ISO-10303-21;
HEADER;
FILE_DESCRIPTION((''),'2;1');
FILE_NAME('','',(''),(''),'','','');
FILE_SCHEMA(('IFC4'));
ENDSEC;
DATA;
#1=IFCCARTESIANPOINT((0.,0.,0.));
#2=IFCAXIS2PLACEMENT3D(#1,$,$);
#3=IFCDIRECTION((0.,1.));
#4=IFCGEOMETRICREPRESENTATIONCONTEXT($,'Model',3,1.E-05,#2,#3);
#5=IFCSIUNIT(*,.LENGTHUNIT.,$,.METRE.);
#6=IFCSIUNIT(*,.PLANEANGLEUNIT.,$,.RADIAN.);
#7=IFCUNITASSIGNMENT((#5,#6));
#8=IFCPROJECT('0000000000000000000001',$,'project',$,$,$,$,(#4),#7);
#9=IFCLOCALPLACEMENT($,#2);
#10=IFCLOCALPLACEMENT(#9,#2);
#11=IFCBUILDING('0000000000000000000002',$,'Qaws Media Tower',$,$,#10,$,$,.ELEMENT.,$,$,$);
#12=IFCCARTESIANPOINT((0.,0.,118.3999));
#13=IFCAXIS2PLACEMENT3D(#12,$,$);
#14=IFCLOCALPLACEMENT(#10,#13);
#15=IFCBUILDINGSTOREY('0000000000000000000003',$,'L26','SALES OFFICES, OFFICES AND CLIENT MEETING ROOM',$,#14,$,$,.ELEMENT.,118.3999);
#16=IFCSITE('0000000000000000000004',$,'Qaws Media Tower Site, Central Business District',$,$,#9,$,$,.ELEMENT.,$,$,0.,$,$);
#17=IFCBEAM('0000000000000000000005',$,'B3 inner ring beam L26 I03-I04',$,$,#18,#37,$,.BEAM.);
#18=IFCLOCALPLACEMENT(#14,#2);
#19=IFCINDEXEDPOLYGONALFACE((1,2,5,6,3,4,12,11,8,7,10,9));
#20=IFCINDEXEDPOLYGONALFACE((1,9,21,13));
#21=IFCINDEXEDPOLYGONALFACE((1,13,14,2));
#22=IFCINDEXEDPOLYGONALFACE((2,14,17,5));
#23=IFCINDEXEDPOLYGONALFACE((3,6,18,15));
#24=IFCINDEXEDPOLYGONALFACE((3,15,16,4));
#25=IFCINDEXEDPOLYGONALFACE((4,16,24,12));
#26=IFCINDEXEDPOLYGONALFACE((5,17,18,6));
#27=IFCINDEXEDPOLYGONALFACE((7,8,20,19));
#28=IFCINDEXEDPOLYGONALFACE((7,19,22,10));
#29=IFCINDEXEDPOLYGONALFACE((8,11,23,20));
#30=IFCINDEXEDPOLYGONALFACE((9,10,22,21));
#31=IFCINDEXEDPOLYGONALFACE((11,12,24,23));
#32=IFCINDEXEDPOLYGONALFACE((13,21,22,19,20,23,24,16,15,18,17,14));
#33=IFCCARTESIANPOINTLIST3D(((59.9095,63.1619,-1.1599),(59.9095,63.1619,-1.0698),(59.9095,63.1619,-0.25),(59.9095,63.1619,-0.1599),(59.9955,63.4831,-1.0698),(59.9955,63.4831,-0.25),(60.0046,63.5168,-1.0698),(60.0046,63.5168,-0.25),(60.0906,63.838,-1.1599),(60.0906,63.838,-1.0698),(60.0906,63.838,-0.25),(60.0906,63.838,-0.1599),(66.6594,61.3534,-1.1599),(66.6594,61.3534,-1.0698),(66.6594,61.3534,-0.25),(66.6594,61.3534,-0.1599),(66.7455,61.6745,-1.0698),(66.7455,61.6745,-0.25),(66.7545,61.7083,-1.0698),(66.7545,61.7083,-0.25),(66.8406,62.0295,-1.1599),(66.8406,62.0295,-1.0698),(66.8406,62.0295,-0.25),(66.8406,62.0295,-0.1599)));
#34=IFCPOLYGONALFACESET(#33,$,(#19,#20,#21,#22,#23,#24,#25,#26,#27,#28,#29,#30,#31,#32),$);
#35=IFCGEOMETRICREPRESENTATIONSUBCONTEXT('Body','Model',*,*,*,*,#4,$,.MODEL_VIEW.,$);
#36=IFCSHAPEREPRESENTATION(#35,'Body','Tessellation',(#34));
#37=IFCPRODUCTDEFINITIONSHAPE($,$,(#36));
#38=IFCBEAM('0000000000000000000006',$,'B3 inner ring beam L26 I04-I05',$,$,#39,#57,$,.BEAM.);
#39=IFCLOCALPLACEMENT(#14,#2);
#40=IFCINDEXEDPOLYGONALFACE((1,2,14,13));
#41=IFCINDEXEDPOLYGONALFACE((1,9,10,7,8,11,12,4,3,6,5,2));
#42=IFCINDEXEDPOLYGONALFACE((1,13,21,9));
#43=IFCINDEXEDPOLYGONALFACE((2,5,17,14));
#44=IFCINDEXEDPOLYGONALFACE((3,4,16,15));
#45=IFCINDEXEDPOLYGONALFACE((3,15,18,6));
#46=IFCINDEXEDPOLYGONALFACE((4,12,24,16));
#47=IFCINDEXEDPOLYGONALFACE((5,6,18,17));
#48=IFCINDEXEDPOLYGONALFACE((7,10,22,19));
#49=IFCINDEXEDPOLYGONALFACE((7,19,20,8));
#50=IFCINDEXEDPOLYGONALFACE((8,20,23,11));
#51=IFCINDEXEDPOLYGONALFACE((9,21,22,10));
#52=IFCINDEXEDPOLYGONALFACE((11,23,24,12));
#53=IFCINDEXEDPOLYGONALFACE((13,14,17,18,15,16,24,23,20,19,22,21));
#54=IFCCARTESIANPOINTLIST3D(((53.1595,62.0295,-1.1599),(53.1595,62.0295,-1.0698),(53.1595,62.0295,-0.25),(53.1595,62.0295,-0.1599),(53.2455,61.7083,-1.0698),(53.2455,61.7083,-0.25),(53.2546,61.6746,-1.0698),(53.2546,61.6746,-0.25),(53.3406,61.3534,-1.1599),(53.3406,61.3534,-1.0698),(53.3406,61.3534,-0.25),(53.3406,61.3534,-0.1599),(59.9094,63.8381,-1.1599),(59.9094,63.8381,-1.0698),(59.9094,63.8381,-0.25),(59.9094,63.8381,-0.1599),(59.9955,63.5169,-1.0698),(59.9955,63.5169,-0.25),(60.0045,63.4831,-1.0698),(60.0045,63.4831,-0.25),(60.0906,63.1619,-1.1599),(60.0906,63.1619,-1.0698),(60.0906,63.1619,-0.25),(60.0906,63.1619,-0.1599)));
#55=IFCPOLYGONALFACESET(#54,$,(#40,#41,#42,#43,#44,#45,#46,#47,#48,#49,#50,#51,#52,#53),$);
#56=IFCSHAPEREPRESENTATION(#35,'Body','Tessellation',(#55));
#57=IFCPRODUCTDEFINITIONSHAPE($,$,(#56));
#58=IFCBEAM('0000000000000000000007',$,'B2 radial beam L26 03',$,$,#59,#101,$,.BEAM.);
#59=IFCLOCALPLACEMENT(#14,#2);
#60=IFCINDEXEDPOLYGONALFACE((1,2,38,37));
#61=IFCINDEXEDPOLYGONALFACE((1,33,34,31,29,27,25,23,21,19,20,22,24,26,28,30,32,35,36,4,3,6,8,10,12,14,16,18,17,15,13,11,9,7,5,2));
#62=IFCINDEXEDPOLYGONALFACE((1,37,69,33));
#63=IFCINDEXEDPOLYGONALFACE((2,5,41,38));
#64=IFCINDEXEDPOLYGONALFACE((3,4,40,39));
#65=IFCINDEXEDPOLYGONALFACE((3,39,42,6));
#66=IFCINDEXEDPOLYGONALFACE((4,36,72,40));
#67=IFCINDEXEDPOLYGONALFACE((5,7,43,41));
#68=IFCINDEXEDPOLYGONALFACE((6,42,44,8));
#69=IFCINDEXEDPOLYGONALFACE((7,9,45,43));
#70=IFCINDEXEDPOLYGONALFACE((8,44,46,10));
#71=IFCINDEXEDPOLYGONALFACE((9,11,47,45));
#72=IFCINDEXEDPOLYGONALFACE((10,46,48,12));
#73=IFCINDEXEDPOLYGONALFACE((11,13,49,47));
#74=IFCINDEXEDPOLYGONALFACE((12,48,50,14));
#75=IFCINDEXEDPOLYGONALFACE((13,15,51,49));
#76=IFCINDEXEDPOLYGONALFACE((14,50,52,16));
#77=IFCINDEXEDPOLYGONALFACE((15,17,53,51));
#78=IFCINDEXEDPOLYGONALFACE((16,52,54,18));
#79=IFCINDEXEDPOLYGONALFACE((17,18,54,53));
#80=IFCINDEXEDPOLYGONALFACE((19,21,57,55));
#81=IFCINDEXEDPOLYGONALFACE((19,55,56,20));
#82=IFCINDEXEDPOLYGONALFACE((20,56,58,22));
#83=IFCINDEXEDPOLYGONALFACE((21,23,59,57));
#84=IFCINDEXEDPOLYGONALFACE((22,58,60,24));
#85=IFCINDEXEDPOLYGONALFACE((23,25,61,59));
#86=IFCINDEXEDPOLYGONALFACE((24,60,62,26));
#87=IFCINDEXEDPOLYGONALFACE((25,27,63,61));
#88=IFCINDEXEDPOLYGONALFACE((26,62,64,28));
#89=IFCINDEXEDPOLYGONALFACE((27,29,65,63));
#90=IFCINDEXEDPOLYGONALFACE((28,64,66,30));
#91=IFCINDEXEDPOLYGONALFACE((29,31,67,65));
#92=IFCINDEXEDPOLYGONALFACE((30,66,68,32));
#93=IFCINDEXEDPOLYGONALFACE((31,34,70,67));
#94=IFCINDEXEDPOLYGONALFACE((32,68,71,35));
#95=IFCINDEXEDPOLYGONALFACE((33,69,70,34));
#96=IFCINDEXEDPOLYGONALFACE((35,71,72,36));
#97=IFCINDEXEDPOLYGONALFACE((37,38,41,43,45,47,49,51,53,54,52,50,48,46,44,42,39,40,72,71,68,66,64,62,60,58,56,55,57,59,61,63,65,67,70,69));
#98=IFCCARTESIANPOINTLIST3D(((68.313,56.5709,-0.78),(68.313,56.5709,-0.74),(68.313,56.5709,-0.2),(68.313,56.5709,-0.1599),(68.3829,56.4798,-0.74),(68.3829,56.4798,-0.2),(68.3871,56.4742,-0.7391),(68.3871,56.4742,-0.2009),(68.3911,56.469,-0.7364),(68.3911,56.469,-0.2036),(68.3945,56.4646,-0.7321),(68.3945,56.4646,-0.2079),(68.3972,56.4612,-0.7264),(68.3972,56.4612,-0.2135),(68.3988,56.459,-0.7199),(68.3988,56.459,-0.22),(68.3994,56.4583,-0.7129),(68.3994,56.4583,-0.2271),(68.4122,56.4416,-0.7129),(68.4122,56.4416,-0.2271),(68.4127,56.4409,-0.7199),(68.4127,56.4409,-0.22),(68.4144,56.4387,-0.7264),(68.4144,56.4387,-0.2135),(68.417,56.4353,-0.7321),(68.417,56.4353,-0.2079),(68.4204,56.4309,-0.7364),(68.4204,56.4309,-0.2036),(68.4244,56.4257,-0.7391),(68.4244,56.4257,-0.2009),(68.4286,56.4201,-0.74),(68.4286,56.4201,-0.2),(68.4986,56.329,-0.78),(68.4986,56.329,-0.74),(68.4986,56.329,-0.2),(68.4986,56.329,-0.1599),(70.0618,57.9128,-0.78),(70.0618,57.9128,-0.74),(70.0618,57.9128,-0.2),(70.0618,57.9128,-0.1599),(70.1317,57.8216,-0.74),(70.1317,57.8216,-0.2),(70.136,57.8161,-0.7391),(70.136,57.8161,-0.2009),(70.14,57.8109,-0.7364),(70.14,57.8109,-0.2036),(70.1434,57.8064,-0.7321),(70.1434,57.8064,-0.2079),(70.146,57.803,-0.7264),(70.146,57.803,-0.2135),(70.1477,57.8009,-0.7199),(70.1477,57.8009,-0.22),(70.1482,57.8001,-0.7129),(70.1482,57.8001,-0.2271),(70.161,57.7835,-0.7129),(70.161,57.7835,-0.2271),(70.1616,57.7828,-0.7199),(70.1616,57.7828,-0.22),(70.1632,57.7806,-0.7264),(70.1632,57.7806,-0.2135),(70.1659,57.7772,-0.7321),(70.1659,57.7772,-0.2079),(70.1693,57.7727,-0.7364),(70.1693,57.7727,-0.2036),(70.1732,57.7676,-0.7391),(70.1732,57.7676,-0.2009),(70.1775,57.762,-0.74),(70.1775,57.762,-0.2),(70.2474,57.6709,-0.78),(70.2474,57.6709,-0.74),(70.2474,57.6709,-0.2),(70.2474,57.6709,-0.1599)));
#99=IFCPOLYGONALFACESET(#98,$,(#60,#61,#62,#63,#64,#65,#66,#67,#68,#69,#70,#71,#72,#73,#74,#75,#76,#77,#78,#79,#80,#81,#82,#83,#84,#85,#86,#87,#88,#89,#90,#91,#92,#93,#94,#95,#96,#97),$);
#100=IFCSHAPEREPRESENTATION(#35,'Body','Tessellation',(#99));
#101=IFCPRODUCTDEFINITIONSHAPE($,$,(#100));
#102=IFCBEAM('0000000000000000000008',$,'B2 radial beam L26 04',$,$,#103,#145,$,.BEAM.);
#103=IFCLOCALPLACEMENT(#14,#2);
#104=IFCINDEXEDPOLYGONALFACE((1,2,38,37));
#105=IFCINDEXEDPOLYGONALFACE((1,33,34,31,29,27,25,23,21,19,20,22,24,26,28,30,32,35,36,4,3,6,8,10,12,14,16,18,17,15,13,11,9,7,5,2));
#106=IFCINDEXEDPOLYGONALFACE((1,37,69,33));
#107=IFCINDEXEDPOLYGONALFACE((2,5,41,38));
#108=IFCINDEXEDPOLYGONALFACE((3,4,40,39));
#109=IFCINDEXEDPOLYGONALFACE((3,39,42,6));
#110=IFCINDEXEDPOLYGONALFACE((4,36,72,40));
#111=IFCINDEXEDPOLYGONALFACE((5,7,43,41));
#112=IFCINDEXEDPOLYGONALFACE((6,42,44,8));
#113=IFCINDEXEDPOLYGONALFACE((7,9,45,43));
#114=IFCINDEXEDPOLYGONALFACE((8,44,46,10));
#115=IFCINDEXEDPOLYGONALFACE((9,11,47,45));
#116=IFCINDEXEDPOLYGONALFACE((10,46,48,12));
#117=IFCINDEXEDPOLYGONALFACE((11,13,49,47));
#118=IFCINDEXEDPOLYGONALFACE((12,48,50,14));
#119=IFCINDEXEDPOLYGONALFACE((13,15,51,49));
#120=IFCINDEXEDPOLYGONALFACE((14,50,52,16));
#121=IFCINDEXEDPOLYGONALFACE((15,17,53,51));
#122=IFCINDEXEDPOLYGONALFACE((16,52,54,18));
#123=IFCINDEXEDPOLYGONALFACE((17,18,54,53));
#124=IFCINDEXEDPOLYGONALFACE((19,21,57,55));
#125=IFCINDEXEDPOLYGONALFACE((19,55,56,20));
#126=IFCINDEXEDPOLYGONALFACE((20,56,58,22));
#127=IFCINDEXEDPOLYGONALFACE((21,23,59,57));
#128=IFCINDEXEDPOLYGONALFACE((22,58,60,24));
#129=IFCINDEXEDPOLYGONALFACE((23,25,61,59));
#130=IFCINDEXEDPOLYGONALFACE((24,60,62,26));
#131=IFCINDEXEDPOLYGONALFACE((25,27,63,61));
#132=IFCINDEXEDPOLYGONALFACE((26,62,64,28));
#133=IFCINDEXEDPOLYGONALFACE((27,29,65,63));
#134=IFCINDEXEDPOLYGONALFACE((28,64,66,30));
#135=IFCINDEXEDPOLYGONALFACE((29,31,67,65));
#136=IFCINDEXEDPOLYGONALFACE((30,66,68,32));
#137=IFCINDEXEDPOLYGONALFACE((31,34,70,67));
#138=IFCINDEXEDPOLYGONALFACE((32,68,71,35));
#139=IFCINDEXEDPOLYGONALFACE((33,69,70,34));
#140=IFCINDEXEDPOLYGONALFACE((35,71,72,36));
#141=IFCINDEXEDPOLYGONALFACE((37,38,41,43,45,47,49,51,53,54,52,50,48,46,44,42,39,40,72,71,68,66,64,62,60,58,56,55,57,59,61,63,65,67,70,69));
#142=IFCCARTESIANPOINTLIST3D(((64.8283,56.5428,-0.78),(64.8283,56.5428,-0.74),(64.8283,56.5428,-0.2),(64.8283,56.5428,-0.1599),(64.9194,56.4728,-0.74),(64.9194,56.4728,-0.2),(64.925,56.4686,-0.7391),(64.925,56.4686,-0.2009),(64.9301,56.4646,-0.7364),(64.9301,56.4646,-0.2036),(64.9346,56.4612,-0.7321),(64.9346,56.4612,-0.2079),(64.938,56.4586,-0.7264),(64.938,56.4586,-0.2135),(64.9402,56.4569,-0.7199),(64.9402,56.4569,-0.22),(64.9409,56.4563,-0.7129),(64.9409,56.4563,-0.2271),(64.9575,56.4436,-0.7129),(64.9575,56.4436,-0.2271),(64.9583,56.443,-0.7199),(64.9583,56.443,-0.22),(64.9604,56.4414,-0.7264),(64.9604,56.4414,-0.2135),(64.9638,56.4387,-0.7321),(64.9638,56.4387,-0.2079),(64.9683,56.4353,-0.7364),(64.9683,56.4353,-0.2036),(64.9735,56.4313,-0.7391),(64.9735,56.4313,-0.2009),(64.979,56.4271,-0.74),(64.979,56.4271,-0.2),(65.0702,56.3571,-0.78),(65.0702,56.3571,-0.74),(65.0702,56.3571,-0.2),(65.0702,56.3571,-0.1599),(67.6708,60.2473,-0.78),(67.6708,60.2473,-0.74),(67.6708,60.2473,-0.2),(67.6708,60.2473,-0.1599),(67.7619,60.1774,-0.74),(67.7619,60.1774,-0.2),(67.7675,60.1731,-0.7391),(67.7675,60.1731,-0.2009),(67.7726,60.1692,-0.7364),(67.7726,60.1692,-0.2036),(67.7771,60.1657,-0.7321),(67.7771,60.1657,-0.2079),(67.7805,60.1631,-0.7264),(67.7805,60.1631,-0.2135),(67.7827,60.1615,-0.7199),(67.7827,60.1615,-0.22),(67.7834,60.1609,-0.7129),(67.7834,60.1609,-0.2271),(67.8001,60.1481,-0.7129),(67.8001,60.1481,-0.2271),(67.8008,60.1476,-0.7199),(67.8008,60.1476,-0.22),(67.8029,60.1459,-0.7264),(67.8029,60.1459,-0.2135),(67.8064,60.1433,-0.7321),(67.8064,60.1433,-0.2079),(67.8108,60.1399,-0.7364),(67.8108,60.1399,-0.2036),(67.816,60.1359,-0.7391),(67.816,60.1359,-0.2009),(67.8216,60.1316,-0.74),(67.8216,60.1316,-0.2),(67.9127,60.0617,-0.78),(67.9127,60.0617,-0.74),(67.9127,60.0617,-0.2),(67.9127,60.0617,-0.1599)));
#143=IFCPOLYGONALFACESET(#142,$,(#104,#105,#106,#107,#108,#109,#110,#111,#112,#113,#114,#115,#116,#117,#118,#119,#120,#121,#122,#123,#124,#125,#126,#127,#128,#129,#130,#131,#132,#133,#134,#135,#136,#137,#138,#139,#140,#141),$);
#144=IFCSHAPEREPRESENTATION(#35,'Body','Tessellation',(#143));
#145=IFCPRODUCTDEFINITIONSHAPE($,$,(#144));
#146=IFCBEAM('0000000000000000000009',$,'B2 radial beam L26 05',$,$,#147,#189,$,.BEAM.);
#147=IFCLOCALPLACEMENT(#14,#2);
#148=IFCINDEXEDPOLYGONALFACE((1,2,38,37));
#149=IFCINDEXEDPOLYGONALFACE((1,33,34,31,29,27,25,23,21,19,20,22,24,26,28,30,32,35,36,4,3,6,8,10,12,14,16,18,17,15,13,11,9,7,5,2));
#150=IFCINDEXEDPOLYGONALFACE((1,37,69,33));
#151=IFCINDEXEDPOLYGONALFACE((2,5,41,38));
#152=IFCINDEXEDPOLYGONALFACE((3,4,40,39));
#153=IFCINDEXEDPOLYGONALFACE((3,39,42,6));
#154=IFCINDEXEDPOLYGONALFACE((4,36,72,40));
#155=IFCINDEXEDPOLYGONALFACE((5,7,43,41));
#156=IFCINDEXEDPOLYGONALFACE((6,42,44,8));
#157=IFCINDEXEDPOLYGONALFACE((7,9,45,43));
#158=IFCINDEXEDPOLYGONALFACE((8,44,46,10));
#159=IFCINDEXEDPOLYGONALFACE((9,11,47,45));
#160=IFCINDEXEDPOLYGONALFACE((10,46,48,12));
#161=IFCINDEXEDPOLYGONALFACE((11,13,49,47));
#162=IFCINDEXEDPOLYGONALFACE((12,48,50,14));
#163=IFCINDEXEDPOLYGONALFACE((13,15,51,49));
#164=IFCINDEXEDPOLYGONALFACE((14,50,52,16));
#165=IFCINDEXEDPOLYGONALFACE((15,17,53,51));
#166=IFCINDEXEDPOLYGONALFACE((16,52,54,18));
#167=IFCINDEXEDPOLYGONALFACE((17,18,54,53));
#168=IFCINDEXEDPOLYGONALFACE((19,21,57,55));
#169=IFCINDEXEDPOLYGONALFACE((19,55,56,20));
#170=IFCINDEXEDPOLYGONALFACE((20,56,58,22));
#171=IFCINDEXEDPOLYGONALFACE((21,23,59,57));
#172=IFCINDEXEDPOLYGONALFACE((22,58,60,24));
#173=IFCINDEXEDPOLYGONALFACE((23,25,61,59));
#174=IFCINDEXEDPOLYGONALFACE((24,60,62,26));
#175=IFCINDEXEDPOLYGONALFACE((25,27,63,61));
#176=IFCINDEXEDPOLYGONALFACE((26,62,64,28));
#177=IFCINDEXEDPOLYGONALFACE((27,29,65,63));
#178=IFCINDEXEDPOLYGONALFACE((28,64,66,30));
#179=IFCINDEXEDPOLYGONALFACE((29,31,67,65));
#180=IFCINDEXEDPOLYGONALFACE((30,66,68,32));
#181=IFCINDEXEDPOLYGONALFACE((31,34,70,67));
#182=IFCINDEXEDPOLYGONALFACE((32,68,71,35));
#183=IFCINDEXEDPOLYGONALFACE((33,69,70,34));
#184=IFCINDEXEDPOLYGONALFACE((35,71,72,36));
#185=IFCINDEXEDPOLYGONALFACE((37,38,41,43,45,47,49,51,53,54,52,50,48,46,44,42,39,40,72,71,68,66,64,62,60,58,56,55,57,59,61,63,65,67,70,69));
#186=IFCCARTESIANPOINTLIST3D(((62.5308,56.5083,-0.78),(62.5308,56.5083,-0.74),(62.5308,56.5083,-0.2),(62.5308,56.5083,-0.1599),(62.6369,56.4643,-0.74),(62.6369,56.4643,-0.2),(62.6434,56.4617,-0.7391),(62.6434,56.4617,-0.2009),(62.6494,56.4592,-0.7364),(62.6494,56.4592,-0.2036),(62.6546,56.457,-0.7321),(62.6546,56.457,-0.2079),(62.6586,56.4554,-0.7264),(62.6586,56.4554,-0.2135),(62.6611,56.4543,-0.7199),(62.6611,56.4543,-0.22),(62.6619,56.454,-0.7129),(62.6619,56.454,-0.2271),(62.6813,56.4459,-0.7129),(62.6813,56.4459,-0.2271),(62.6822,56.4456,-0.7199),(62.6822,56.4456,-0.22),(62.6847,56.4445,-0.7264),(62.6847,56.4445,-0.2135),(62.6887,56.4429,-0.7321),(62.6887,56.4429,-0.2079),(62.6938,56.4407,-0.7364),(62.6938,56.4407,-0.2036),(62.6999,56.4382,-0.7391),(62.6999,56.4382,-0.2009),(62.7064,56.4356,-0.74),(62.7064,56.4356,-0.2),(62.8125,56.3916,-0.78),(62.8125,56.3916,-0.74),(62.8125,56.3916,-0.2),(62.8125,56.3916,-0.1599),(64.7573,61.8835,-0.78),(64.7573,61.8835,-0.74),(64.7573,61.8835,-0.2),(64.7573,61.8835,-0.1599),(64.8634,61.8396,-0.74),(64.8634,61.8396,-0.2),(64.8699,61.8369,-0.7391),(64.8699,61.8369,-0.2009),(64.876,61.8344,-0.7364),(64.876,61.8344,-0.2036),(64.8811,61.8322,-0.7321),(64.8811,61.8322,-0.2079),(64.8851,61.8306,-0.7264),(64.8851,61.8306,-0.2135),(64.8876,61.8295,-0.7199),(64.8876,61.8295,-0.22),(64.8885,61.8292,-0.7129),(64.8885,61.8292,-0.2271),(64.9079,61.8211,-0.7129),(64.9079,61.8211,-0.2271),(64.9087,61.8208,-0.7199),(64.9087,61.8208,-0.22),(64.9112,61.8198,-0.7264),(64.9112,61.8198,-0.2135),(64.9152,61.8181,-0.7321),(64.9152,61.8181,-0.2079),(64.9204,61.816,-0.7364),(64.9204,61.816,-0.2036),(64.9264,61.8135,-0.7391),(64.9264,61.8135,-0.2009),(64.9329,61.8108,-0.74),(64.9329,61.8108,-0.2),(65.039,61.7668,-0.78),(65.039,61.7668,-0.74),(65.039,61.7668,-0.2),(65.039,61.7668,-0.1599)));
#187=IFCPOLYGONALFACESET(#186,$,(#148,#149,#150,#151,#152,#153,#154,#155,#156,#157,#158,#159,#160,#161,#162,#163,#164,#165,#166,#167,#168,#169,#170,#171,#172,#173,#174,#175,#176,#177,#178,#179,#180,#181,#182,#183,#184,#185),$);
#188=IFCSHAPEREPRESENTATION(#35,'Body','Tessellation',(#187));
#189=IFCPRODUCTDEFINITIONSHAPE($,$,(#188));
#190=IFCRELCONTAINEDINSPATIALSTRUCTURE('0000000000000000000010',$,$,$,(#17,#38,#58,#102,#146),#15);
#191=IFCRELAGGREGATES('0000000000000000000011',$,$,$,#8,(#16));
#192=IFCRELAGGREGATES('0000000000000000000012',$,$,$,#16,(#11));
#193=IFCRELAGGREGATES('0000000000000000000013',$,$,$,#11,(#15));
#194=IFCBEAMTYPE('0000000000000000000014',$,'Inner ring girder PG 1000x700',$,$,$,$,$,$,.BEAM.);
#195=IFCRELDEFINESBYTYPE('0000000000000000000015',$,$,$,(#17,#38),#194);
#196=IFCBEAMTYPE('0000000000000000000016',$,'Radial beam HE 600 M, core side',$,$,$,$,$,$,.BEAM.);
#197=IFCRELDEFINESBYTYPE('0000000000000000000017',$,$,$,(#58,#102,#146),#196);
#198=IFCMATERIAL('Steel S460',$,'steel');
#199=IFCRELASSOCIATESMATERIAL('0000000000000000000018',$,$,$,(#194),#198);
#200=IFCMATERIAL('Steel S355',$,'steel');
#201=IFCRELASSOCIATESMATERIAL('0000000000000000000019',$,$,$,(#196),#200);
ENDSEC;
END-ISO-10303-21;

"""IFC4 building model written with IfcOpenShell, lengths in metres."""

from ifc_helpers import new_model, si_unit, direction, frame, origin, origin_2d, place, context, subcontext, project, spatial, i_section, extrude, material, material_profile, profile_set, type_object, element, save


model = new_model("IFC4")

# Units and contexts
model_context = context("Model", 3, precision=1e-05, world=origin(), true_north=direction((0.0, 1.0)))
body_context = subcontext(model_context, "Body", "Model", "MODEL_VIEW")
ifc_project = project(units=[si_unit("LENGTHUNIT", "METRE"), si_unit("PLANEANGLEUNIT", "RADIAN")], contexts=[model_context])

# Site, building, storey
site_placement = place(None, origin())
site = spatial("IfcSite", under=ifc_project, at=site_placement, Name="Qaws Media Tower Site, Central Business District", CompositionType="ELEMENT", RefElevation=0.0)
building_placement = place(site_placement, origin())
building = spatial("IfcBuilding", under=site, at=building_placement, Name="Qaws Media Tower", CompositionType="ELEMENT")
storey_placement = place(building_placement, frame((0.0, 0.0, 118.3999)))
storey = spatial("IfcBuildingStorey", under=building, at=storey_placement, Name="L26", Description="SALES OFFICES, OFFICES AND CLIENT MEETING ROOM", CompositionType="ELEMENT", Elevation=118.3999)

# Beams
ifc_material_1 = material(Name="Steel S460", Category="steel")
ifc_material_profile_1 = material_profile(ifc_material_1, i_section(OverallWidth=0.7, OverallDepth=1.0, WebThickness=0.0349, FlangeThickness=0.0901, at=origin_2d()), Name="PG 1000x700")
ifc_profile_set_1 = profile_set([ifc_material_profile_1], Name="Steel S460")
beam_type_1 = type_object("IfcBeamType", Name="Inner ring girder PG 1000x700", PredefinedType="BEAM", material=ifc_profile_set_1)
for number, where, z_axis, x_axis, name in (
    (1, (66.75, 61.6914, -0.6599), (-0.965928, 0.258811, 0.0), (-0.258811, -0.965928, 0.0), "B3 inner ring beam L26 I03-I04"),
    (2, (60.0, 63.5, -0.6599), (-0.965928, -0.258811, 0.0), (0.258811, -0.965928, 0.0), "B3 inner ring beam L26 I04-I05"),
):
    element("IfcBeam", number, at=place(storey_placement, frame(where, z_axis=z_axis, x_axis=x_axis)), inside=storey, type_object=beam_type_1, Name=name, PredefinedType="BEAM", context=body_context, shape_type="SweptSolid", body=[
        extrude(i_section(OverallWidth=0.7, OverallDepth=1.0, WebThickness=0.0349, FlangeThickness=0.0901, at=origin_2d()), origin(), (0.0, 0.0, 1.0), 6.988),
    ])
ifc_material_2 = material(Name="Steel S355", Category="steel")
ifc_material_profile_2 = material_profile(ifc_material_2, i_section(OverallWidth=0.3049, OverallDepth=0.6201, WebThickness=0.021, FlangeThickness=0.04, FilletRadius=0.0271, at=origin_2d()), Name="HE 600 M")
ifc_profile_set_2 = profile_set([ifc_material_profile_2], Name="Steel S355")
beam_type_2 = type_object("IfcBeamType", Name="Radial beam HE 600 M, core side", PredefinedType="BEAM", material=ifc_profile_set_2)
beam_1_placement = place(storey_placement, frame((68.4058, 56.45, -0.47), z_axis=(0.793373, 0.608736, 0.0), x_axis=(-0.608736, 0.793373, 0.0)))
element("IfcBeam", 3, at=beam_1_placement, inside=storey, type_object=beam_type_2, Name="B2 radial beam L26 03", PredefinedType="BEAM", context=body_context, shape_type="SweptSolid", body=[
    extrude(i_section(OverallWidth=0.3049, OverallDepth=0.6201, WebThickness=0.021, FlangeThickness=0.04, FilletRadius=0.0271, at=origin_2d()), origin(), (0.0, 0.0, 1.0), 2.2043),
])
beam_2_placement = place(storey_placement, frame((64.9492, 56.45, -0.47), z_axis=(0.608748, 0.793364, 0.0), x_axis=(-0.793364, 0.608748, 0.0)))
element("IfcBeam", 4, at=beam_2_placement, inside=storey, type_object=beam_type_2, Name="B2 radial beam L26 04", PredefinedType="BEAM", context=body_context, shape_type="SweptSolid", body=[
    extrude(i_section(OverallWidth=0.3049, OverallDepth=0.6201, WebThickness=0.021, FlangeThickness=0.04, FilletRadius=0.0271, at=origin_2d()), origin(), (0.0, 0.0, 1.0), 4.6694),
])
beam_3_placement = place(storey_placement, frame((62.6716, 56.45, -0.47), z_axis=(0.382693, 0.923876, 0.0), x_axis=(-0.923876, 0.382693, 0.0)))
element("IfcBeam", 5, at=beam_3_placement, inside=storey, type_object=beam_type_2, Name="B2 radial beam L26 05", PredefinedType="BEAM", context=body_context, shape_type="SweptSolid", body=[
    extrude(i_section(OverallWidth=0.3049, OverallDepth=0.6201, WebThickness=0.021, FlangeThickness=0.04, FilletRadius=0.0271, at=origin_2d()), origin(), (0.0, 0.0, 1.0), 5.8181),
])

save(model, "model.ifc")
